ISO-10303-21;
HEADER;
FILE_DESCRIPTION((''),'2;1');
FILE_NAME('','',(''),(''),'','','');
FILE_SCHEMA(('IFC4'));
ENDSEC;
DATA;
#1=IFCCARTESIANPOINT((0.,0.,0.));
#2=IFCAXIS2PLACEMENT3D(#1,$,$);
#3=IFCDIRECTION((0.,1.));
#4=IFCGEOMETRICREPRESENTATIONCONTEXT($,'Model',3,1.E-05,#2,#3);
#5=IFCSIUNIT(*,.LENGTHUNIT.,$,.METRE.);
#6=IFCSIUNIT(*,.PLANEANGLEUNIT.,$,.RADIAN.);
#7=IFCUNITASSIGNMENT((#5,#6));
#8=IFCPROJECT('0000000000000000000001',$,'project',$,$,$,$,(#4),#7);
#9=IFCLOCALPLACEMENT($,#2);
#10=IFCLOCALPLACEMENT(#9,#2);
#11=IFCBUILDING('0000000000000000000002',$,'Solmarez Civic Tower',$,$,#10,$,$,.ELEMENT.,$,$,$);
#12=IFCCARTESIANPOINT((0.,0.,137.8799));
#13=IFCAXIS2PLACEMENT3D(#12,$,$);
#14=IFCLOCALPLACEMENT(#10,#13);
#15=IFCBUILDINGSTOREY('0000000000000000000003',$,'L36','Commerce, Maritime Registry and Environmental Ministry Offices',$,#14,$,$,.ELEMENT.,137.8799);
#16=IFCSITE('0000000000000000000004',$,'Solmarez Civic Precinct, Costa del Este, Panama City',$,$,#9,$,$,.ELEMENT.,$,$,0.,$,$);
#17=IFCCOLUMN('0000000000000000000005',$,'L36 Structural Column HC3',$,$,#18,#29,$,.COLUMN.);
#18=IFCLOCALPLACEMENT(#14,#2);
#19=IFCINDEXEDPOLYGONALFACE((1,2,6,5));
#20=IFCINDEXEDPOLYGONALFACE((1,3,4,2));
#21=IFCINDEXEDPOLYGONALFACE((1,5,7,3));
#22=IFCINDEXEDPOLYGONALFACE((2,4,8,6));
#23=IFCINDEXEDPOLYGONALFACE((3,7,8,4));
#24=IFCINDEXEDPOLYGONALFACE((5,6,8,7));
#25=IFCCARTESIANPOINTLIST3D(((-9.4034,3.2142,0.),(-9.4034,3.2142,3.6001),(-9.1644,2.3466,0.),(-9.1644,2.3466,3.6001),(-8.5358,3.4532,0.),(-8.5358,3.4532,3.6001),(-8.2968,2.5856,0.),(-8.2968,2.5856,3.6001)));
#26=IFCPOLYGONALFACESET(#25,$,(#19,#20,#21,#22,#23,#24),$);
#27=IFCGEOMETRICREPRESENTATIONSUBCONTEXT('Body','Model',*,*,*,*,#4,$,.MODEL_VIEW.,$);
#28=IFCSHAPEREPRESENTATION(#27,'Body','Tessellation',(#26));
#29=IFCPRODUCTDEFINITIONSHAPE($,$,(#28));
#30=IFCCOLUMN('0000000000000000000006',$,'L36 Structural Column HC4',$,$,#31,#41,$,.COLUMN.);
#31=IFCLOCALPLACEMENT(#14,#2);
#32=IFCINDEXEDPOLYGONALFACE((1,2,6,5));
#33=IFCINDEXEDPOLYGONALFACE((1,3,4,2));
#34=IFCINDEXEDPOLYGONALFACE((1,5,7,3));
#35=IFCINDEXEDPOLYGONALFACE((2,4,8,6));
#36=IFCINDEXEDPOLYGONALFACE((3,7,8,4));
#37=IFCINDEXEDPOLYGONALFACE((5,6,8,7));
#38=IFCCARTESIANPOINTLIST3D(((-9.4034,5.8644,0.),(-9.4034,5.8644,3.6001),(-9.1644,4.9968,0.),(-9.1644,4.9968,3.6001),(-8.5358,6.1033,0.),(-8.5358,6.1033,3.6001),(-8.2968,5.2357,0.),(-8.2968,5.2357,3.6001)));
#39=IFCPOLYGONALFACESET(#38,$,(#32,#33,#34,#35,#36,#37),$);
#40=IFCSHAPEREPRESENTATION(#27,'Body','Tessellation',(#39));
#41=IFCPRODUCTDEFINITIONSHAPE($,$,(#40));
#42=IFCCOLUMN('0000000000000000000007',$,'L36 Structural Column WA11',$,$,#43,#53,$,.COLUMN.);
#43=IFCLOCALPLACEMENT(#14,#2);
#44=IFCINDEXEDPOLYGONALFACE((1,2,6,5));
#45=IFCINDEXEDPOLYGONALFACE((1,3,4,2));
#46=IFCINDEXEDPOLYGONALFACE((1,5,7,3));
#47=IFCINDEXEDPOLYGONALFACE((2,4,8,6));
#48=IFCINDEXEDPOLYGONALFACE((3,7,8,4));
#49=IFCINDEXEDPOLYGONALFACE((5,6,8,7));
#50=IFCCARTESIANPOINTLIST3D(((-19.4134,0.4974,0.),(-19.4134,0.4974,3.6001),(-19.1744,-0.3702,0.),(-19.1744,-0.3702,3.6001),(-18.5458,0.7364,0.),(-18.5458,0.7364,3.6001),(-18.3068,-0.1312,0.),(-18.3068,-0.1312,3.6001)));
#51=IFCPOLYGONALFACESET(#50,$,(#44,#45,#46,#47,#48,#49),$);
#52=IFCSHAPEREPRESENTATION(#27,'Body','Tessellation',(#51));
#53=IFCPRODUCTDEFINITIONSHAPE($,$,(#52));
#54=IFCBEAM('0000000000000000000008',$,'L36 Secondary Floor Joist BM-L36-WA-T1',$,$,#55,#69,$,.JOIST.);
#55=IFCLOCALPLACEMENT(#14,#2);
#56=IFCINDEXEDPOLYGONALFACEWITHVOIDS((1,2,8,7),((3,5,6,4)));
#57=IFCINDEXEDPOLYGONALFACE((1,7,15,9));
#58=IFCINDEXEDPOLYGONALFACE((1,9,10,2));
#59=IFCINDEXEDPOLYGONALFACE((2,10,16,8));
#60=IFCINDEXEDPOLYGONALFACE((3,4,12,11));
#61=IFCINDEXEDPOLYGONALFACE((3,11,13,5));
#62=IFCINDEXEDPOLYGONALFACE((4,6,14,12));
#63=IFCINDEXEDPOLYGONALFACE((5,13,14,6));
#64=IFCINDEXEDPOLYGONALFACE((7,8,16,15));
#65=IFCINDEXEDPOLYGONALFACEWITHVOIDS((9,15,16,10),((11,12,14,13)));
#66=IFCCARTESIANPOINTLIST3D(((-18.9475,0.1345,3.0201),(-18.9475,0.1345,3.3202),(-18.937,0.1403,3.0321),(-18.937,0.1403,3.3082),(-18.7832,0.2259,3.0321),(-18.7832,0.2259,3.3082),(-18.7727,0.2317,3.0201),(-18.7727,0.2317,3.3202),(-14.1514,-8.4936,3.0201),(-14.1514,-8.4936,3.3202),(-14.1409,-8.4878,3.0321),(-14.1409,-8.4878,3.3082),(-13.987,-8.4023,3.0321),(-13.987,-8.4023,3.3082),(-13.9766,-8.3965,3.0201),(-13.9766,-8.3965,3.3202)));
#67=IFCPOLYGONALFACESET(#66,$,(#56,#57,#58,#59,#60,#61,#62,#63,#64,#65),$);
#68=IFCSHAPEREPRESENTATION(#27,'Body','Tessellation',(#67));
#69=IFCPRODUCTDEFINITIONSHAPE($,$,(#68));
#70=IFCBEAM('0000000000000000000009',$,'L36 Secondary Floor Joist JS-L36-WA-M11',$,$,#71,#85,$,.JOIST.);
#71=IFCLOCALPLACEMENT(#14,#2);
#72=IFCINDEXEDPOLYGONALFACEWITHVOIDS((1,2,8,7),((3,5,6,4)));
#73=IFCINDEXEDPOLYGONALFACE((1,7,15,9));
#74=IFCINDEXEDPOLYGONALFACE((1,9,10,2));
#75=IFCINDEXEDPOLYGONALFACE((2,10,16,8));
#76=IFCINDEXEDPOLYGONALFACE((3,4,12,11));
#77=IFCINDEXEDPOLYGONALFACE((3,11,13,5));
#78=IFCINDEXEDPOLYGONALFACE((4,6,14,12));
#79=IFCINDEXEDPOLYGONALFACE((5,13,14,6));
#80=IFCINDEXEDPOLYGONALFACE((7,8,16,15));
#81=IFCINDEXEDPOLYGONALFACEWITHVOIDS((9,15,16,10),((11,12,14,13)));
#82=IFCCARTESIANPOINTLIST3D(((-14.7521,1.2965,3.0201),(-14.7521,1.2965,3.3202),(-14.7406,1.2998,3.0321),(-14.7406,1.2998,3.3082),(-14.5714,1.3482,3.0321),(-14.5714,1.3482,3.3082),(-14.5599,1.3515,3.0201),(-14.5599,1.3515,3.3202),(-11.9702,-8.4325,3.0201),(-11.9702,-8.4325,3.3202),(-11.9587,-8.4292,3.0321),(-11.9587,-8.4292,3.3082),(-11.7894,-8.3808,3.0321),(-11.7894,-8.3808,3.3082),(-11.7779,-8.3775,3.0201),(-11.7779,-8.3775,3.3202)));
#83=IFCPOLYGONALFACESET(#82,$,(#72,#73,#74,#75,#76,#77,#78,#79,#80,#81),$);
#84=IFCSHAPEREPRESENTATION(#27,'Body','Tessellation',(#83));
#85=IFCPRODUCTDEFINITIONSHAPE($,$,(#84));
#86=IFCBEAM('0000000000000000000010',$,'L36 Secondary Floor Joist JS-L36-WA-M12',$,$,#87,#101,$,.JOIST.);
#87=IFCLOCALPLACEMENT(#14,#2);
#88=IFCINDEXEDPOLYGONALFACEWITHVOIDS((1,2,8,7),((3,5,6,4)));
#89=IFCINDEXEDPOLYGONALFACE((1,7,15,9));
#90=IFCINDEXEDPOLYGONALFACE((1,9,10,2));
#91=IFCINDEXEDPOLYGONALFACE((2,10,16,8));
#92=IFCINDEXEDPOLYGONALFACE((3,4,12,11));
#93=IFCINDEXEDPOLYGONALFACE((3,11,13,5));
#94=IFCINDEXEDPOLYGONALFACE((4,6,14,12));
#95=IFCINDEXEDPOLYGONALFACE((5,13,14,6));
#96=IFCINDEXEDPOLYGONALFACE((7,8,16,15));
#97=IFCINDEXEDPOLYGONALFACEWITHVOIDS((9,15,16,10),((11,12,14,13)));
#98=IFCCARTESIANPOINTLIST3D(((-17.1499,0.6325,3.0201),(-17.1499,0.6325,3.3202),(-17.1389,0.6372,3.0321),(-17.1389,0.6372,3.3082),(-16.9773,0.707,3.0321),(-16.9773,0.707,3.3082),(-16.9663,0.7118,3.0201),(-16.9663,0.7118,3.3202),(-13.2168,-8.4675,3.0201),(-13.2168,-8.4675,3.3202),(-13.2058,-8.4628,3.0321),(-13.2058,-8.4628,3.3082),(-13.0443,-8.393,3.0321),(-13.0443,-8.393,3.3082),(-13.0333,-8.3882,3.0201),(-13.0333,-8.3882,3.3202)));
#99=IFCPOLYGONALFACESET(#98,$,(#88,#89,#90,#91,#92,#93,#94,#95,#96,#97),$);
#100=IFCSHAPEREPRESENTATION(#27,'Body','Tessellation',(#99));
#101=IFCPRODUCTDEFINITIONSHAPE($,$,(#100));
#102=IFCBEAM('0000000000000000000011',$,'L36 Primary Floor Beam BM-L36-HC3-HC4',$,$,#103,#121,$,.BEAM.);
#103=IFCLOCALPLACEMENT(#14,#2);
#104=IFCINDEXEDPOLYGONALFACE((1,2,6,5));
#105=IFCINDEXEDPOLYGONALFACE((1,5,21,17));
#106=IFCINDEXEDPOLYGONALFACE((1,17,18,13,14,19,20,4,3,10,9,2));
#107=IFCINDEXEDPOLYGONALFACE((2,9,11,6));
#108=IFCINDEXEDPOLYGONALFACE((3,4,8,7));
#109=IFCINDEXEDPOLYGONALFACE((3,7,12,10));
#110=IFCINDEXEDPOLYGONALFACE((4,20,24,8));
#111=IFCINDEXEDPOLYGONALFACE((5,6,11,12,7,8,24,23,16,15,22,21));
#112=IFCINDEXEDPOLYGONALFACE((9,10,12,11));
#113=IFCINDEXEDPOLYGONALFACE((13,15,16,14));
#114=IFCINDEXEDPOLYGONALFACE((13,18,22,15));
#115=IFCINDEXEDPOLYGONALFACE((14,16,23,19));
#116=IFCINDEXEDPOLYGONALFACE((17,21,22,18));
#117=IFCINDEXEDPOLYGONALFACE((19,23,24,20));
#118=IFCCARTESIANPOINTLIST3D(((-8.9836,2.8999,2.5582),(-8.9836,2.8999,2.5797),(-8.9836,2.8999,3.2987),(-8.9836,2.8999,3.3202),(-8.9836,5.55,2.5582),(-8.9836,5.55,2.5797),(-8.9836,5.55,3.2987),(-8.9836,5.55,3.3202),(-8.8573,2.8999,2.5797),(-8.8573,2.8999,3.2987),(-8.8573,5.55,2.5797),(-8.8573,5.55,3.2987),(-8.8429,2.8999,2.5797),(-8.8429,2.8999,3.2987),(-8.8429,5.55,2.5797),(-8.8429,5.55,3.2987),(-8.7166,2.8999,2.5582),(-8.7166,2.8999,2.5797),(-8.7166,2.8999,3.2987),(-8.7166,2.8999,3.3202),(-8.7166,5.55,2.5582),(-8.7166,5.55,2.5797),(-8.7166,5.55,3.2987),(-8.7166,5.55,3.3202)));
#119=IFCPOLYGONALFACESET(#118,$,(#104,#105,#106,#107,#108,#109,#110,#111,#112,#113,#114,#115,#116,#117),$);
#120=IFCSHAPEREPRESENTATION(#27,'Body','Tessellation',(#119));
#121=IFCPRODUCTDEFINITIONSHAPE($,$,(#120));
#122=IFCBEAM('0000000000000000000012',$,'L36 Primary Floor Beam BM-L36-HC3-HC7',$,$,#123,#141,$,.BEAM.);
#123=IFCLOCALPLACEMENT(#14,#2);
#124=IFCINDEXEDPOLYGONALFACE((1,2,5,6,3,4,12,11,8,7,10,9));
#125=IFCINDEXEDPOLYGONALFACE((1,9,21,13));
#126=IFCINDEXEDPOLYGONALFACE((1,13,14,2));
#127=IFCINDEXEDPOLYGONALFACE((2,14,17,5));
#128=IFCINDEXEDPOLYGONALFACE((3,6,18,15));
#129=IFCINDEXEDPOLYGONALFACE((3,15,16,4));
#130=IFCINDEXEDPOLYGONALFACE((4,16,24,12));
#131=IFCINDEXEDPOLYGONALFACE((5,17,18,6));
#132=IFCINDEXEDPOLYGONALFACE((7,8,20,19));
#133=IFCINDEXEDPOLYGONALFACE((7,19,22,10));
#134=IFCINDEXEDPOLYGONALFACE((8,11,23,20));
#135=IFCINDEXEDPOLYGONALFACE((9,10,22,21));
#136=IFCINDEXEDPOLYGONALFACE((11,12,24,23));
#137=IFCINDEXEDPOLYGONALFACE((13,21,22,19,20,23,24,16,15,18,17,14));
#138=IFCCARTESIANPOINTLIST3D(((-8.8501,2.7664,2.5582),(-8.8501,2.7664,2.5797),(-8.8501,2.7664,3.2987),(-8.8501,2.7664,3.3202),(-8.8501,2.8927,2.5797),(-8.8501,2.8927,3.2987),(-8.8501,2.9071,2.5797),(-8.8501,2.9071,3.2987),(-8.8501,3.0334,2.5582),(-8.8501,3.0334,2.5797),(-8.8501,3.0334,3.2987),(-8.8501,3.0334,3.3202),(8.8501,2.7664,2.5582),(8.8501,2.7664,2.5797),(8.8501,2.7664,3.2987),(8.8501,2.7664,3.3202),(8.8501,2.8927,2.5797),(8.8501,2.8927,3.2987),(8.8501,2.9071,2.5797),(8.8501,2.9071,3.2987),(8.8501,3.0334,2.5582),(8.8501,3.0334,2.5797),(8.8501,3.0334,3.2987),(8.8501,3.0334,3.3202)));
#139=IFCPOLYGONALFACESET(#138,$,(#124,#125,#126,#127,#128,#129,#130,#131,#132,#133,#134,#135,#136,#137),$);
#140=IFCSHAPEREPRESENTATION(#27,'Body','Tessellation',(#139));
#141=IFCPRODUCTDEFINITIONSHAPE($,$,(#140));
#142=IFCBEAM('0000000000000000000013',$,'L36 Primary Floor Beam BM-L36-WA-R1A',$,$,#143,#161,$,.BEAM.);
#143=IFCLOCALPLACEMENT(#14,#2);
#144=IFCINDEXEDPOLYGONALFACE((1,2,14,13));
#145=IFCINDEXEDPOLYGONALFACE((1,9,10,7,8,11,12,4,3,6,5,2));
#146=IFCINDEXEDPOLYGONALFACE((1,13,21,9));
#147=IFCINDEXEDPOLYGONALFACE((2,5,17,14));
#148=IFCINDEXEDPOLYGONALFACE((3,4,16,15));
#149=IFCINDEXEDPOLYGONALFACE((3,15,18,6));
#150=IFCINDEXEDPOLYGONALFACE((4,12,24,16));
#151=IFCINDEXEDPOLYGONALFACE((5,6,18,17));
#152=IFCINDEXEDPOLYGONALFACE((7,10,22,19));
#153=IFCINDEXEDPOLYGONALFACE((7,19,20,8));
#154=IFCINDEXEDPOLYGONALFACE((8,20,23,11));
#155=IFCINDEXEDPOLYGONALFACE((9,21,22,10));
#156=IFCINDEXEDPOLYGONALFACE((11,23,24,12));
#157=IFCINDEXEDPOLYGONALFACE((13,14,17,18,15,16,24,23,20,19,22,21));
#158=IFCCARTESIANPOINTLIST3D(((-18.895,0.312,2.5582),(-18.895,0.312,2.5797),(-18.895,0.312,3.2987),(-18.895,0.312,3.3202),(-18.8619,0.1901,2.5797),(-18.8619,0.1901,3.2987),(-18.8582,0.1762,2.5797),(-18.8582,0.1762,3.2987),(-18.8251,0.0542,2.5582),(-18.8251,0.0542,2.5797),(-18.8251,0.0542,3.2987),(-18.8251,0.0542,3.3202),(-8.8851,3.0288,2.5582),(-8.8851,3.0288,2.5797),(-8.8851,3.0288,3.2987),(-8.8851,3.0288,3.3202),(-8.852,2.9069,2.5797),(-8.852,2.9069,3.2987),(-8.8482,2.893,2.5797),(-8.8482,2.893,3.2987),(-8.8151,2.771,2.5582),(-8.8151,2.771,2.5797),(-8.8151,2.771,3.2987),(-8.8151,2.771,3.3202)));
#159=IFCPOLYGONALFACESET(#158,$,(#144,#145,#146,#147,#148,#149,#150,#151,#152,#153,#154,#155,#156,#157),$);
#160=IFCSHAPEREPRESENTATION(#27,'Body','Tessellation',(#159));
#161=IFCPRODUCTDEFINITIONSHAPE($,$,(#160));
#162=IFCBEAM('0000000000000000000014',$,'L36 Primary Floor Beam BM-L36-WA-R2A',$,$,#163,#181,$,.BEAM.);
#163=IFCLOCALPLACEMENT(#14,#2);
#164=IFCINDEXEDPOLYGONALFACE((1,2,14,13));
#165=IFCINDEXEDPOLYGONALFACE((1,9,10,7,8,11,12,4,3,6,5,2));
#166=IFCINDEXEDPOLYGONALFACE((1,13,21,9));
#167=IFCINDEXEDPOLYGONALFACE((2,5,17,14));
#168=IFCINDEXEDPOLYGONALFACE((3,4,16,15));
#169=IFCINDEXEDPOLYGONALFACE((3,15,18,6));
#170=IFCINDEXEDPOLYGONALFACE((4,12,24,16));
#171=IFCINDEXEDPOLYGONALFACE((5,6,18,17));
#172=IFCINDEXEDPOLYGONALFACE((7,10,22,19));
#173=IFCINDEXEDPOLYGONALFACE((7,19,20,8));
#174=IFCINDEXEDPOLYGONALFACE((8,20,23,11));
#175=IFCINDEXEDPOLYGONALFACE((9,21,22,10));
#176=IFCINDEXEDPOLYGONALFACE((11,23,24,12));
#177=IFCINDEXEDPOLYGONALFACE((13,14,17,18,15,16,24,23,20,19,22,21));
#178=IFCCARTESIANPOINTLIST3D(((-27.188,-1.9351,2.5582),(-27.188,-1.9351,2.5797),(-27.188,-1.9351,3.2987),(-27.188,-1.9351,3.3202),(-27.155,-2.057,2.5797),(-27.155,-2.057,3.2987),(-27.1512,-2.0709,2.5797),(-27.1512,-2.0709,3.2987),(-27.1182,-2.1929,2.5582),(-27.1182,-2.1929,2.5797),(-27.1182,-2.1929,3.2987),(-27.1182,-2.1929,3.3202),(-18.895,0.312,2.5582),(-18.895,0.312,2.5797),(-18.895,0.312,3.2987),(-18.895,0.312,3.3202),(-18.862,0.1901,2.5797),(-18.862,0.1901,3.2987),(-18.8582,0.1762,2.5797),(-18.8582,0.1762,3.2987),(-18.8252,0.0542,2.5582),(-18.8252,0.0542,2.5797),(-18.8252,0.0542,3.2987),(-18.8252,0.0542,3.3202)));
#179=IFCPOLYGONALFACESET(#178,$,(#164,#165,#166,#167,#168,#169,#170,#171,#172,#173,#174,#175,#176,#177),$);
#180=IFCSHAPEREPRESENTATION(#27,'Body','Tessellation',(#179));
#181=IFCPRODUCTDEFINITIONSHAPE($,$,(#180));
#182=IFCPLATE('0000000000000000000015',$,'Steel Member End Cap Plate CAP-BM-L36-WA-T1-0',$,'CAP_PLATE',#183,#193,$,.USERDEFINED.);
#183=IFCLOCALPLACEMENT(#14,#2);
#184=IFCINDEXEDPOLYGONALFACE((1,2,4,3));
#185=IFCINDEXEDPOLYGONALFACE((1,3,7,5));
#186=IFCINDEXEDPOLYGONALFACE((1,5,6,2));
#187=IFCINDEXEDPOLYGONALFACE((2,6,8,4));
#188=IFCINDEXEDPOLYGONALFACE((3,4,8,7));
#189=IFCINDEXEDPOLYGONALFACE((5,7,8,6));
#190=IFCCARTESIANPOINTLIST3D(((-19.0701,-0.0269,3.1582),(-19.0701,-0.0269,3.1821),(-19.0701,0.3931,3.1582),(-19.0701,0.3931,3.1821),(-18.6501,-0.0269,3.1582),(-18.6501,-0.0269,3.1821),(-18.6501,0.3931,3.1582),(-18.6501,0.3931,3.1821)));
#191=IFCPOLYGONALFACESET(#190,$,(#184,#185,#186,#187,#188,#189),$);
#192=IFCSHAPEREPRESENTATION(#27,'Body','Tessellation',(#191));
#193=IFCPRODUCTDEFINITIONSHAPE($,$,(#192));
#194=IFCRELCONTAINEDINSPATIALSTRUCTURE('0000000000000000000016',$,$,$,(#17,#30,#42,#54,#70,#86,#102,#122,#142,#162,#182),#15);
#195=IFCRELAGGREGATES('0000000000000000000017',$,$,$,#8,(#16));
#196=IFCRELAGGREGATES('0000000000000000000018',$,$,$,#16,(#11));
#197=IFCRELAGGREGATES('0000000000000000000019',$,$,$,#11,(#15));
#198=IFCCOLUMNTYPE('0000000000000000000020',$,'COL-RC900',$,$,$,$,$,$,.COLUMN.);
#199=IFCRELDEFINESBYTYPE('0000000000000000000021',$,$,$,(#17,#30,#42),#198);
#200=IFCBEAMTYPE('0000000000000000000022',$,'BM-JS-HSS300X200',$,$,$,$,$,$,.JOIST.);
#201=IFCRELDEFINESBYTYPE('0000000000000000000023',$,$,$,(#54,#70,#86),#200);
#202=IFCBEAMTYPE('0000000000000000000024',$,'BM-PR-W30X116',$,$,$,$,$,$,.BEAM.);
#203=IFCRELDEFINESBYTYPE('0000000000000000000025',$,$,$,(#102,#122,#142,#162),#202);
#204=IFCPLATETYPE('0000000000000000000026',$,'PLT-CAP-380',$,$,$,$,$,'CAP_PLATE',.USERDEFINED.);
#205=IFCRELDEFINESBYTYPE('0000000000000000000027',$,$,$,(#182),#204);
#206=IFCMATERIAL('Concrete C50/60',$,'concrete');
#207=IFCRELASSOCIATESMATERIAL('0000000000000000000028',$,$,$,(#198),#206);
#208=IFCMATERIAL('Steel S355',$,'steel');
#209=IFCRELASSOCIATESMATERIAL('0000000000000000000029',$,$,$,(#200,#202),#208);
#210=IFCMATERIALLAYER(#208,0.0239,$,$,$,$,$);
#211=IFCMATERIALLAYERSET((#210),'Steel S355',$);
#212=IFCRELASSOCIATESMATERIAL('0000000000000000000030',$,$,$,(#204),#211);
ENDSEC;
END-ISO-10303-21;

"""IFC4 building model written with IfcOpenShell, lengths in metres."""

from ifc_helpers import new_model, si_unit, direction, frame, origin, origin_2d, place, context, subcontext, project, spatial, rectangle, hollow_rectangle, i_section, extrude, material, layer, layer_set, material_profile, profile_set, type_object, element, save


model = new_model("IFC4")

# Units and contexts
model_context = context("Model", 3, precision=1e-05, world=origin(), true_north=direction((0.0, 1.0)))
body_context = subcontext(model_context, "Body", "Model", "MODEL_VIEW")
ifc_project = project(units=[si_unit("LENGTHUNIT", "METRE"), si_unit("PLANEANGLEUNIT", "RADIAN")], contexts=[model_context])

# Site, building, storey
site_placement = place(None, origin())
site = spatial("IfcSite", under=ifc_project, at=site_placement, Name="Solmarez Civic Precinct, Costa del Este, Panama City", CompositionType="ELEMENT", RefElevation=0.0)
building_placement = place(site_placement, origin())
building = spatial("IfcBuilding", under=site, at=building_placement, Name="Solmarez Civic Tower", CompositionType="ELEMENT")
storey_placement = place(building_placement, frame((0.0, 0.0, 137.8799)))
storey = spatial("IfcBuildingStorey", under=building, at=storey_placement, Name="L36", Description="Commerce, Maritime Registry and Environmental Ministry Offices", CompositionType="ELEMENT", Elevation=137.8799)

# Columns
ifc_material_1 = material(Name="Concrete C50/60", Category="concrete")
ifc_material_profile_1 = material_profile(ifc_material_1, rectangle(XDim=0.8999, YDim=0.8999, at=origin_2d()), Name="RC900X900")
ifc_profile_set_1 = profile_set([ifc_material_profile_1], Name="Concrete C50/60")
column_type = type_object("IfcColumnType", Name="COL-RC900", PredefinedType="COLUMN", material=ifc_profile_set_1)
for number, where, z_axis, x_axis, name in (
    (1, (-8.8501, 2.8999, 0.0), (0.0, 0.0, 1.0), (0.964095, 0.265556, 0.0), "L36 Structural Column HC3"),
    (2, (-8.8501, 5.55, 0.0), (0.0, 0.0, 1.0), (0.964095, 0.265556, 0.0), "L36 Structural Column HC4"),
    (3, (-18.8601, 0.1831, 0.0), (0.0, 0.0, 1.0), (0.964095, 0.265556, 0.0), "L36 Structural Column WA11"),
):
    element("IfcColumn", number, at=place(storey_placement, frame(where, z_axis=z_axis, x_axis=x_axis)), inside=storey, type_object=column_type, Name=name, PredefinedType="COLUMN", context=body_context, shape_type="SweptSolid", body=[
        extrude(rectangle(XDim=0.8999, YDim=0.8999, at=origin_2d()), origin(), (0.0, 0.0, 1.0), 3.6001),
    ])

# Beams
ifc_material_2 = material(Name="Steel S355", Category="steel")
ifc_material_profile_2 = material_profile(ifc_material_2, hollow_rectangle(XDim=0.2, YDim=0.3, WallThickness=0.012, at=origin_2d()), Name="HSS300X200X12")
ifc_profile_set_2 = profile_set([ifc_material_profile_2], Name="Steel S355")
beam_type_1 = type_object("IfcBeamType", Name="BM-JS-HSS300X200", PredefinedType="JOIST", material=ifc_profile_set_2)
beam_1_placement = place(storey_placement, frame((-18.8601, 0.1831, 3.1702), z_axis=(0.485853, -0.874041, 0.0), x_axis=(0.874041, 0.485853, 0.0)))
element("IfcBeam", 4, at=beam_1_placement, inside=storey, type_object=beam_type_1, Name="L36 Secondary Floor Joist BM-L36-WA-T1", PredefinedType="JOIST", context=body_context, shape_type="SweptSolid", body=[
    extrude(hollow_rectangle(XDim=0.2, YDim=0.3, WallThickness=0.012, at=origin_2d()), origin(), (0.0, 0.0, 1.0), 9.8716),
])
beam_2_placement = place(storey_placement, frame((-14.656, 1.324, 3.1702), z_axis=(0.274928, -0.961465, 0.0), x_axis=(0.961465, 0.274928, 0.0)))
element("IfcBeam", 5, at=beam_2_placement, inside=storey, type_object=beam_type_1, Name="L36 Secondary Floor Joist JS-L36-WA-M11", PredefinedType="JOIST", context=body_context, shape_type="SweptSolid", body=[
    extrude(hollow_rectangle(XDim=0.2, YDim=0.3, WallThickness=0.012, at=origin_2d()), origin(), (0.0, 0.0, 1.0), 10.1189),
])
beam_3_placement = place(storey_placement, frame((-17.0581, 0.6721, 3.1702), z_axis=(0.396735, -0.917933, 0.0), x_axis=(0.917933, 0.396735, 0.0)))
element("IfcBeam", 6, at=beam_3_placement, inside=storey, type_object=beam_type_1, Name="L36 Secondary Floor Joist JS-L36-WA-M12", PredefinedType="JOIST", context=body_context, shape_type="SweptSolid", body=[
    extrude(hollow_rectangle(XDim=0.2, YDim=0.3, WallThickness=0.012, at=origin_2d()), origin(), (0.0, 0.0, 1.0), 9.9136),
])
ifc_material_profile_3 = material_profile(ifc_material_2, i_section(OverallWidth=0.2671, OverallDepth=0.762, WebThickness=0.0144, FlangeThickness=0.0215, at=origin_2d()), Name="W30X116")
ifc_profile_set_3 = profile_set([ifc_material_profile_3], Name="Steel S355")
beam_type_2 = type_object("IfcBeamType", Name="BM-PR-W30X116", PredefinedType="BEAM", material=ifc_profile_set_3)
beam_4_placement = place(storey_placement, frame((-8.8501, 2.8999, 2.9392), z_axis=(0.0, 1.0, 0.0), x_axis=(-1.0, 0.0, 0.0)))
element("IfcBeam", 7, at=beam_4_placement, inside=storey, type_object=beam_type_2, Name="L36 Primary Floor Beam BM-L36-HC3-HC4", PredefinedType="BEAM", context=body_context, shape_type="SweptSolid", body=[
    extrude(i_section(OverallWidth=0.2671, OverallDepth=0.762, WebThickness=0.0144, FlangeThickness=0.0215, at=origin_2d()), origin(), (0.0, 0.0, 1.0), 2.6501),
])
beam_5_placement = place(storey_placement, frame((-8.8501, 2.8999, 2.9392), z_axis=(1.0, 0.0, 0.0), x_axis=(0.0, 1.0, 0.0)))
element("IfcBeam", 8, at=beam_5_placement, inside=storey, type_object=beam_type_2, Name="L36 Primary Floor Beam BM-L36-HC3-HC7", PredefinedType="BEAM", context=body_context, shape_type="SweptSolid", body=[
    extrude(i_section(OverallWidth=0.2671, OverallDepth=0.762, WebThickness=0.0144, FlangeThickness=0.0215, at=origin_2d()), origin(), (0.0, 0.0, 1.0), 17.7002),
])
beam_6_placement = place(storey_placement, frame((-8.8501, 2.8999, 2.9392), z_axis=(-0.965086, -0.261932, 0.0), x_axis=(0.261932, -0.965086, 0.0)))
element("IfcBeam", 9, at=beam_6_placement, inside=storey, type_object=beam_type_2, Name="L36 Primary Floor Beam BM-L36-WA-R1A", PredefinedType="BEAM", context=body_context, shape_type="SweptSolid", body=[
    extrude(i_section(OverallWidth=0.2671, OverallDepth=0.762, WebThickness=0.0144, FlangeThickness=0.0215, at=origin_2d()), origin(), (0.0, 0.0, 1.0), 10.3721),
])
beam_7_placement = place(storey_placement, frame((-18.8601, 0.1831, 2.9392), z_axis=(-0.965195, -0.26153, 0.0), x_axis=(0.26153, -0.965195, 0.0)))
element("IfcBeam", 10, at=beam_7_placement, inside=storey, type_object=beam_type_2, Name="L36 Primary Floor Beam BM-L36-WA-R2A", PredefinedType="BEAM", context=body_context, shape_type="SweptSolid", body=[
    extrude(i_section(OverallWidth=0.2671, OverallDepth=0.762, WebThickness=0.0144, FlangeThickness=0.0215, at=origin_2d()), origin(), (0.0, 0.0, 1.0), 8.592),
])

# Plate
ifc_layer_1 = layer(ifc_material_2, 0.0239)
ifc_layer_set_1 = layer_set([ifc_layer_1], Name="Steel S355")
plate_type = type_object("IfcPlateType", Name="PLT-CAP-380", ElementType="CAP_PLATE", PredefinedType="USERDEFINED", material=ifc_layer_set_1)
for number, where, z_axis, x_axis, name in (
    (11, (-18.8601, 0.1831, 3.1582), (0.0, 0.0, 1.0), (1.0, 0.0, 0.0), "Steel Member End Cap Plate CAP-BM-L36-WA-T1-0"),
):
    element("IfcPlate", number, at=place(storey_placement, frame(where, z_axis=z_axis, x_axis=x_axis)), inside=storey, type_object=plate_type, Name=name, ObjectType="CAP_PLATE", PredefinedType="USERDEFINED", context=body_context, shape_type="SweptSolid", body=[
        extrude(rectangle(XDim=0.4199, YDim=0.4199, at=origin_2d()), origin(), (0.0, 0.0, 1.0), 0.0239),
    ])

save(model, "model.ifc")
